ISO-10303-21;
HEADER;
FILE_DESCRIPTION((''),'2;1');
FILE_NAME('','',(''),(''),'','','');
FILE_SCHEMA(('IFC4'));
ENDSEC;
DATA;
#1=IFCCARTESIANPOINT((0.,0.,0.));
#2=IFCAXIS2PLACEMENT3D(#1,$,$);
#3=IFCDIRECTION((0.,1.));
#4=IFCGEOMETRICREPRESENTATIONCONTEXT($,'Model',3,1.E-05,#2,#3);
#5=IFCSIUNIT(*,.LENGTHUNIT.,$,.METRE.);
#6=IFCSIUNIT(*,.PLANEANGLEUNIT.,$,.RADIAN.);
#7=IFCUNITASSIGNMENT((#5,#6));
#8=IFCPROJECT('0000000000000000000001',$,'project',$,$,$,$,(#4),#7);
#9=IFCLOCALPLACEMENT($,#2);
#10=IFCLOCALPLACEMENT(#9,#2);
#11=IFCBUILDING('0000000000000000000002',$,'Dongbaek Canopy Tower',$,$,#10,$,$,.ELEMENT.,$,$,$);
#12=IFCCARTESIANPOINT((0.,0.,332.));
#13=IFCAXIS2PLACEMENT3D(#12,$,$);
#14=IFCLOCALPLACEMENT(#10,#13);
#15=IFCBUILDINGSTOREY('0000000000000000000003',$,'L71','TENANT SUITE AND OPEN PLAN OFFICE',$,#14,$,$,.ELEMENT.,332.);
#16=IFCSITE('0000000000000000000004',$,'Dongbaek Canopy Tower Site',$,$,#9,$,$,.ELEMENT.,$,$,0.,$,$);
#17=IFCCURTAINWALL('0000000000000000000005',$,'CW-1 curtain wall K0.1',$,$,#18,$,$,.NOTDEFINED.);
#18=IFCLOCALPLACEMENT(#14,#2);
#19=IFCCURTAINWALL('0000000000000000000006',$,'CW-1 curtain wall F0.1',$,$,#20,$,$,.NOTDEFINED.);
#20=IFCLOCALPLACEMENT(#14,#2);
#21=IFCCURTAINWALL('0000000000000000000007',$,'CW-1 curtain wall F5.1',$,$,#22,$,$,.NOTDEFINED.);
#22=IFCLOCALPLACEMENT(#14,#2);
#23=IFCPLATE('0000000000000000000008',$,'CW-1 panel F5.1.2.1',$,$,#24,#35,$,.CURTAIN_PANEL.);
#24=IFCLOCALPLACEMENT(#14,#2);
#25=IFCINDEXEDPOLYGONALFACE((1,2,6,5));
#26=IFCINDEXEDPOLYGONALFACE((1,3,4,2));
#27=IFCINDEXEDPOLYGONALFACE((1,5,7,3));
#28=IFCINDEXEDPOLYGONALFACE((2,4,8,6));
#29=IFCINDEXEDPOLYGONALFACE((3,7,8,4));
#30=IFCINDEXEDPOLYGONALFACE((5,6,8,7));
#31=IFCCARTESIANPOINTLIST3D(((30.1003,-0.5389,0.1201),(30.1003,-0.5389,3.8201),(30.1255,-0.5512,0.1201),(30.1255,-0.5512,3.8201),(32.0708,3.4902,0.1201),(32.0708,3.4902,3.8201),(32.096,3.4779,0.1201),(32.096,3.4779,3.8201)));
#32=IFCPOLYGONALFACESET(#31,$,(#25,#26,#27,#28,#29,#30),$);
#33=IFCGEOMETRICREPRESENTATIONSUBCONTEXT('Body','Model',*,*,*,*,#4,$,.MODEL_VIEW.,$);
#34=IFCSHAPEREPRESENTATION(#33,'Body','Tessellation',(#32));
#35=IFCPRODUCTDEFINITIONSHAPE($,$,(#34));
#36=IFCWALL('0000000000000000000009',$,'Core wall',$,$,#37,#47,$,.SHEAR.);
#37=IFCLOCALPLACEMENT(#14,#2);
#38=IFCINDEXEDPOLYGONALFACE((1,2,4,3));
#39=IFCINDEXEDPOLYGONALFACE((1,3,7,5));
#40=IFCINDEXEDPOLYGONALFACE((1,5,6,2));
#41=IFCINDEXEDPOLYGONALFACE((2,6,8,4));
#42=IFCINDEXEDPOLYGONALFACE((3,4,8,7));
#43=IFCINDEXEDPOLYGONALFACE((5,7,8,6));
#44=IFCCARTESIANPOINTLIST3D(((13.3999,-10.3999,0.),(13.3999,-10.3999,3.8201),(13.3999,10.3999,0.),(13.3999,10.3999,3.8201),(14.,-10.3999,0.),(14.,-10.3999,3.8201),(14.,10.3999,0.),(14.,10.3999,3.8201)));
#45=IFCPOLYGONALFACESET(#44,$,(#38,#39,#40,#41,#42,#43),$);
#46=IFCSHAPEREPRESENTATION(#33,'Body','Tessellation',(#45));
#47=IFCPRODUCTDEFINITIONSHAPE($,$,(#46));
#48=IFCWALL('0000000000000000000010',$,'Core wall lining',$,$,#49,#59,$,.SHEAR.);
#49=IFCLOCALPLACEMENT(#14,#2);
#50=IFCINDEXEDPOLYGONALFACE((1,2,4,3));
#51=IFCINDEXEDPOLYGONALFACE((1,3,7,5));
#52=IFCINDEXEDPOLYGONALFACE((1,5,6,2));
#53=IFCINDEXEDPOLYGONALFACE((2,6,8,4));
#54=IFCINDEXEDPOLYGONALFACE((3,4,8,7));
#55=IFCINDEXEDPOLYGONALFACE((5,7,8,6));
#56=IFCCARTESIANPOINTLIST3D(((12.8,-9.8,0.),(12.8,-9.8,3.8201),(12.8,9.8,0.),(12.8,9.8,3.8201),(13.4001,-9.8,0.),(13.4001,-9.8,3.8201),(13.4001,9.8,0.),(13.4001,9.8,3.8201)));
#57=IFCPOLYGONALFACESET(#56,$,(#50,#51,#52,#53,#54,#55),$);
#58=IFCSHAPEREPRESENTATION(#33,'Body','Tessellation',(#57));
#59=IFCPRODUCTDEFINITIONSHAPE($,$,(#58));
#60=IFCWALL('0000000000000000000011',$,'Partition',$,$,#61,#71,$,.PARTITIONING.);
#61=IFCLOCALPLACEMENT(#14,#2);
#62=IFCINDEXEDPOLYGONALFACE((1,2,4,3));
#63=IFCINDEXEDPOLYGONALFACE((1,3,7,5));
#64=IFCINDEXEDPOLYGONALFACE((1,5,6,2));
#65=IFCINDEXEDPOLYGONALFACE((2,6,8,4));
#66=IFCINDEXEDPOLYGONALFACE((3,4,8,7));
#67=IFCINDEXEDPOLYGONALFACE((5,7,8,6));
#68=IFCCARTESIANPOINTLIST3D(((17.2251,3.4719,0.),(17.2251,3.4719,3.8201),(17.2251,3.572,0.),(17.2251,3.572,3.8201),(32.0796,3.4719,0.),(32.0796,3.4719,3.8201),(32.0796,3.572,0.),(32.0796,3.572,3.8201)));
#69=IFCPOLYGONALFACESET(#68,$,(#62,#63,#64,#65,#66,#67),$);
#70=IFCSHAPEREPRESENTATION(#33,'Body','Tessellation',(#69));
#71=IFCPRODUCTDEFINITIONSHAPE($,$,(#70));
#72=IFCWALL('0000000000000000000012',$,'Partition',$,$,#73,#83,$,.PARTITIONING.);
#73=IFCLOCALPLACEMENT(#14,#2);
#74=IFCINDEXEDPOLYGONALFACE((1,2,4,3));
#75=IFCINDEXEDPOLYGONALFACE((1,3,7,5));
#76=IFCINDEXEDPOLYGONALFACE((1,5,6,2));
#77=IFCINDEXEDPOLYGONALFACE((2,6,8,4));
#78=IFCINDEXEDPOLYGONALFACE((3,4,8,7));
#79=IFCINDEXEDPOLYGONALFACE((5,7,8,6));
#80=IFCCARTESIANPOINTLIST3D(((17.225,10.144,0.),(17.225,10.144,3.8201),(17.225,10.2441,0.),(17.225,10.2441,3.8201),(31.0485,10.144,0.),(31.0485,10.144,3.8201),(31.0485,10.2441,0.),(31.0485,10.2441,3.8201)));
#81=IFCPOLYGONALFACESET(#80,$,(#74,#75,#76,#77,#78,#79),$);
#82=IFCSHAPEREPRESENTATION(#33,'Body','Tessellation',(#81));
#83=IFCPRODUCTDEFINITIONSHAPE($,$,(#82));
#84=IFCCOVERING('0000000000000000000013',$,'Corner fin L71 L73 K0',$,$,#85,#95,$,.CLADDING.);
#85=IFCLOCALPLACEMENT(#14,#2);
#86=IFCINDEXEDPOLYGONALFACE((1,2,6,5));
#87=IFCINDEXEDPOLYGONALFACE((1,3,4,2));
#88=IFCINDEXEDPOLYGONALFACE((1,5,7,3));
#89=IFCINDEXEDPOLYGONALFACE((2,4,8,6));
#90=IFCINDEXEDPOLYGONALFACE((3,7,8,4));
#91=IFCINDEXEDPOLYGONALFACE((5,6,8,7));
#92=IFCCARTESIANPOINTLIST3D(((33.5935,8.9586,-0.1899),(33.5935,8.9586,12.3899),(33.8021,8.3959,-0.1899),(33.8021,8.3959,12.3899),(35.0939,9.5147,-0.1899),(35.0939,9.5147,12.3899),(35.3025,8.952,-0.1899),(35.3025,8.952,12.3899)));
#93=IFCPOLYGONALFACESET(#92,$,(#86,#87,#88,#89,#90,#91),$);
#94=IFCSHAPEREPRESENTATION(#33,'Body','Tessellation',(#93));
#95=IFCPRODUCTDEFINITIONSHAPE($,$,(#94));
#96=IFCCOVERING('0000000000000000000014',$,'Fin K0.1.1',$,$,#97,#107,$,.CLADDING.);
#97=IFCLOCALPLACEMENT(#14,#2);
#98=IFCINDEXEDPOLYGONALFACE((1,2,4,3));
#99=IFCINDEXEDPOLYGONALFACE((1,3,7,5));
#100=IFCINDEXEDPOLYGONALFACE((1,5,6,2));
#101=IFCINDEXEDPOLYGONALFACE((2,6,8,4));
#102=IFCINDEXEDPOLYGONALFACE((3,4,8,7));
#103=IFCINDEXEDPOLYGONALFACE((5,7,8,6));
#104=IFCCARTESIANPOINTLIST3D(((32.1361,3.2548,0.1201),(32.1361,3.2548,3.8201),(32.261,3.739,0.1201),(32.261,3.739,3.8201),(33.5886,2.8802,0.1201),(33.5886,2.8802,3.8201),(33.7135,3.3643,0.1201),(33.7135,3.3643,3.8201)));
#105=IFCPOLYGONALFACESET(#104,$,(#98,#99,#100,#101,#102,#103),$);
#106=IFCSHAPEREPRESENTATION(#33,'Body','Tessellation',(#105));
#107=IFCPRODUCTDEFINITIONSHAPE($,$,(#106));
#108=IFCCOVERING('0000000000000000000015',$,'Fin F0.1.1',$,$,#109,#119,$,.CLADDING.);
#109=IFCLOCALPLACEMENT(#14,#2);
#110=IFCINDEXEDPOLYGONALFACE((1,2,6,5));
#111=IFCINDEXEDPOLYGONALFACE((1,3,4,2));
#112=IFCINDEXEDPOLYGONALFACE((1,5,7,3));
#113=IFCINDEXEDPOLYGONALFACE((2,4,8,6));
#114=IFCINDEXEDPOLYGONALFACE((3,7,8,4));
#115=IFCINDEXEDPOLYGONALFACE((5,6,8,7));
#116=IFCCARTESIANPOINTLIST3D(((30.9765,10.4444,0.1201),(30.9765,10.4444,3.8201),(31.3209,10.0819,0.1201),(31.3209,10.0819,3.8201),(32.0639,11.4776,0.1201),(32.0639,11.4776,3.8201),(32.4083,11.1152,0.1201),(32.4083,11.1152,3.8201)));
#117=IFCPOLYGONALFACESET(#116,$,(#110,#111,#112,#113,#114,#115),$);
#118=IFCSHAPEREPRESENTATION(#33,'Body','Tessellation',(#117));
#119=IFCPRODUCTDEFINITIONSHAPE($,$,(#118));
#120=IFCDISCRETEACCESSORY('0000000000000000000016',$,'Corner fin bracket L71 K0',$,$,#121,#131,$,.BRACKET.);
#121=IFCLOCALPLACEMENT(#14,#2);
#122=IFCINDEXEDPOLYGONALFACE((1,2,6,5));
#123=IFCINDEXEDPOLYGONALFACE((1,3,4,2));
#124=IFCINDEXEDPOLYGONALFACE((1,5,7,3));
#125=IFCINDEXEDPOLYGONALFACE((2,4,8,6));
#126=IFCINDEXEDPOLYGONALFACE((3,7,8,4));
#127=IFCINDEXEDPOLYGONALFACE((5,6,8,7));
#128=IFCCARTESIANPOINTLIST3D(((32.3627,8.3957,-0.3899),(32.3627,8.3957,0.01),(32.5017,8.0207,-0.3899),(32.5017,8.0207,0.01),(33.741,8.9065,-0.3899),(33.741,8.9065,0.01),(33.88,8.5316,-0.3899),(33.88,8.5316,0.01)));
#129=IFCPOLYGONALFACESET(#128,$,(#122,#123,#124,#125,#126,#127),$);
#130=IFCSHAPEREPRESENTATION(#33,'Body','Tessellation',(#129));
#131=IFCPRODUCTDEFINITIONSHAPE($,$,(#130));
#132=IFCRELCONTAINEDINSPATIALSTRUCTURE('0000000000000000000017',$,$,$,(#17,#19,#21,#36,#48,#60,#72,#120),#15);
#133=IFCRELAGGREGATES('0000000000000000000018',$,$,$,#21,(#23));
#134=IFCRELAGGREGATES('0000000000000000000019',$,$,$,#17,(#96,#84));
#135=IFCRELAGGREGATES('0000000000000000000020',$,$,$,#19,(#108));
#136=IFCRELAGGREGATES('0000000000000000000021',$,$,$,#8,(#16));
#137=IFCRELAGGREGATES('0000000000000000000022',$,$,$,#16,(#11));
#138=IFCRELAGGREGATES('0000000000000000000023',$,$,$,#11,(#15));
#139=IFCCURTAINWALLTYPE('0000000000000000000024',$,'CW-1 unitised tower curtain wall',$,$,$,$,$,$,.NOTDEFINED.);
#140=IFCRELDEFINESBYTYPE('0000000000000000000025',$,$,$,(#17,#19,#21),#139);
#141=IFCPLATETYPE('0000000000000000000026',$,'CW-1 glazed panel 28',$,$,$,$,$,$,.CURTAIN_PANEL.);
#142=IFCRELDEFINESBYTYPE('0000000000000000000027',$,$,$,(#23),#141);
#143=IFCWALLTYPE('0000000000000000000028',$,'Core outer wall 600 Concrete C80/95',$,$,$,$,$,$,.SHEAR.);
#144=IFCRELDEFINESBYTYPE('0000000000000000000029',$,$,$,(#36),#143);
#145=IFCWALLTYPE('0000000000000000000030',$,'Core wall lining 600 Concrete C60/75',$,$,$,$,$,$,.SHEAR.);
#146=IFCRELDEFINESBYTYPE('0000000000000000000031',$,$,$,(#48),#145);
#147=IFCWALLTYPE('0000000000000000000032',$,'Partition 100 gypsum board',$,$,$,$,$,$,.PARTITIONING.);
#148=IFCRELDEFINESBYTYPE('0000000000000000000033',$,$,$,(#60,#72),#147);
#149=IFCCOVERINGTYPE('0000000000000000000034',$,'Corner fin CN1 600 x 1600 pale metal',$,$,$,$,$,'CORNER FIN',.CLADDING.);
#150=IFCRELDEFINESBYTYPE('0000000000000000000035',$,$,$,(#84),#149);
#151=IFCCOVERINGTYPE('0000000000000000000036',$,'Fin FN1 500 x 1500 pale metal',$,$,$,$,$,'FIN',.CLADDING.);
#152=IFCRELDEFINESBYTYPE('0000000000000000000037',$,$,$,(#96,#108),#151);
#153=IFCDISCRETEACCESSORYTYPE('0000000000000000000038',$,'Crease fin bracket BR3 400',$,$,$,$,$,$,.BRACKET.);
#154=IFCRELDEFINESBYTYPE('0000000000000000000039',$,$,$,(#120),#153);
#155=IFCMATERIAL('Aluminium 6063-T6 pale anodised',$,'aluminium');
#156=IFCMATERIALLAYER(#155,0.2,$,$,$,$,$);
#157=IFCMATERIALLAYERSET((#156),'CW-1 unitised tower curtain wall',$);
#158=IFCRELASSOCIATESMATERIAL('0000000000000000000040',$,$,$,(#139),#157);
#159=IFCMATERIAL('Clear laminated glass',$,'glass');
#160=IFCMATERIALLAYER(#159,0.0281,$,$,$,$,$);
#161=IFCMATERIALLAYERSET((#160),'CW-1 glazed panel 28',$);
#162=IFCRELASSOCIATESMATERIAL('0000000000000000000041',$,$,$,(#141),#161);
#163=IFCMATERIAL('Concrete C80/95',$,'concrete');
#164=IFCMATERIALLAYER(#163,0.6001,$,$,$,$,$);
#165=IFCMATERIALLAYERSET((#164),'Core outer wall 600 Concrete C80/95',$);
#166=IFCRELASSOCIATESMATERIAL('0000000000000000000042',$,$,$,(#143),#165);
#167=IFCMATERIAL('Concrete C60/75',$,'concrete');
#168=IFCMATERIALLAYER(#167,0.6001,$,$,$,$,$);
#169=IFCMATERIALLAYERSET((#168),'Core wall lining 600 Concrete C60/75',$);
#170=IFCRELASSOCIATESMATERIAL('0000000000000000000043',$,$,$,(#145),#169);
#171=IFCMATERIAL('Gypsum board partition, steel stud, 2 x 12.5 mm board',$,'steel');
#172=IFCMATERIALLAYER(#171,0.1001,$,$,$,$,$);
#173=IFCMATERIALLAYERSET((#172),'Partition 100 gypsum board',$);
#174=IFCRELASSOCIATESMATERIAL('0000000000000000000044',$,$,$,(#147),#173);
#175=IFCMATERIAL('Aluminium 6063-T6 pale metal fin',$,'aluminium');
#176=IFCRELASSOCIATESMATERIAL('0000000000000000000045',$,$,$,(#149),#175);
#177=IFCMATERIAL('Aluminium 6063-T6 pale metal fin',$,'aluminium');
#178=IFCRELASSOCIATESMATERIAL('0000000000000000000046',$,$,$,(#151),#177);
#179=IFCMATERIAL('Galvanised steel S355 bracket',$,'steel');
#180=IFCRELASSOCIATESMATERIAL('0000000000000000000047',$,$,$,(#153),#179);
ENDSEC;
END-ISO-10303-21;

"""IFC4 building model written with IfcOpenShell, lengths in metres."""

from ifc_helpers import new_model, si_unit, direction, frame, frame_2d, origin, origin_2d, place, context, subcontext, project, spatial, rectangle, extrude, material, layer, layer_set, material_profile, profile_set, type_object, element, aggregate, save


model = new_model("IFC4")

# Units and contexts
model_context = context("Model", 3, precision=1e-05, world=origin(), true_north=direction((0.0, 1.0)))
body_context = subcontext(model_context, "Body", "Model", "MODEL_VIEW")
ifc_project = project(units=[si_unit("LENGTHUNIT", "METRE"), si_unit("PLANEANGLEUNIT", "RADIAN")], contexts=[model_context])

# Site, building, storey
site_placement = place(None, origin())
site = spatial("IfcSite", under=ifc_project, at=site_placement, Name="Dongbaek Canopy Tower Site", CompositionType="ELEMENT", RefElevation=0.0)
building_placement = place(site_placement, origin())
building = spatial("IfcBuilding", under=site, at=building_placement, Name="Dongbaek Canopy Tower", CompositionType="ELEMENT")
storey_placement = place(building_placement, frame((0.0, 0.0, 332.0)))
storey = spatial("IfcBuildingStorey", under=building, at=storey_placement, Name="L71", Description="TENANT SUITE AND OPEN PLAN OFFICE", CompositionType="ELEMENT", Elevation=332.0)

# Curtain walls
ifc_material_1 = material(Name="Aluminium 6063-T6 pale anodised", Category="aluminium")
ifc_layer_1 = layer(ifc_material_1, 0.2)
ifc_layer_set_1 = layer_set([ifc_layer_1], Name="CW-1 unitised tower curtain wall")
curtain_wall_type = type_object("IfcCurtainWallType", Name="CW-1 unitised tower curtain wall", PredefinedType="NOTDEFINED", material=ifc_layer_set_1)
curtain_wall_1_placement = place(storey_placement, origin())
curtain_wall_1 = element("IfcCurtainWall", 1, at=curtain_wall_1_placement, inside=storey, type_object=curtain_wall_type, Name="CW-1 curtain wall K0.1", PredefinedType="NOTDEFINED")
curtain_wall_2_placement = place(storey_placement, origin())
curtain_wall_2 = element("IfcCurtainWall", 2, at=curtain_wall_2_placement, inside=storey, type_object=curtain_wall_type, Name="CW-1 curtain wall F0.1", PredefinedType="NOTDEFINED")

# Shared definitions
ifc_material_2 = material(Name="Clear laminated glass", Category="glass")
ifc_layer_2 = layer(ifc_material_2, 0.0281)
ifc_layer_set_2 = layer_set([ifc_layer_2], Name="CW-1 glazed panel 28")
plate_type = type_object("IfcPlateType", Name="CW-1 glazed panel 28", PredefinedType="CURTAIN_PANEL", material=ifc_layer_set_2)

# Curtain wall, plate
curtain_wall_3_placement = place(storey_placement, origin())
curtain_wall_3 = element("IfcCurtainWall", 3, at=curtain_wall_3_placement, inside=storey, type_object=curtain_wall_type, Name="CW-1 curtain wall F5.1", PredefinedType="NOTDEFINED")
plate_1_placement = place(storey_placement, frame((31.0981, 1.4695, 0.1201), z_axis=(0.0, 0.0, 1.0), x_axis=(0.439337, 0.898322, 0.0)))
plate_1 = element("IfcPlate", 4, at=plate_1_placement, type_object=plate_type, Name="CW-1 panel F5.1.2.1", PredefinedType="CURTAIN_PANEL", context=body_context, shape_type="SweptSolid", body=[
    extrude(rectangle(XDim=4.4851, YDim=0.0281, at=origin_2d()), origin(), (0.0, 0.0, 1.0), 3.7),
])
aggregate(curtain_wall_3, [plate_1])

# Walls
ifc_material_3 = material(Name="Concrete C80/95", Category="concrete")
ifc_layer_3 = layer(ifc_material_3, 0.6001)
ifc_layer_set_3 = layer_set([ifc_layer_3], Name="Core outer wall 600 Concrete C80/95")
wall_type_1 = type_object("IfcWallType", Name="Core outer wall 600 Concrete C80/95", PredefinedType="SHEAR", material=ifc_layer_set_3)
wall_1_placement = place(storey_placement, frame((13.7, 10.3999, 0.0), z_axis=(0.0, 0.0, 1.0), x_axis=(0.0, -1.0, 0.0)))
element("IfcWall", 5, at=wall_1_placement, inside=storey, type_object=wall_type_1, Name="Core wall", PredefinedType="SHEAR", context=body_context, shape_type="SweptSolid", body=[
    extrude(rectangle(XDim=20.7998, YDim=0.6001, at=frame_2d((10.3999, 0.0))), origin(), (0.0, 0.0, 1.0), 3.8201),
])
ifc_material_4 = material(Name="Concrete C60/75", Category="concrete")
ifc_layer_4 = layer(ifc_material_4, 0.6001)
ifc_layer_set_4 = layer_set([ifc_layer_4], Name="Core wall lining 600 Concrete C60/75")
wall_type_2 = type_object("IfcWallType", Name="Core wall lining 600 Concrete C60/75", PredefinedType="SHEAR", material=ifc_layer_set_4)
wall_2_placement = place(storey_placement, frame((13.1001, 9.8, 0.0), z_axis=(0.0, 0.0, 1.0), x_axis=(0.0, -1.0, 0.0)))
element("IfcWall", 6, at=wall_2_placement, inside=storey, type_object=wall_type_2, Name="Core wall lining", PredefinedType="SHEAR", context=body_context, shape_type="SweptSolid", body=[
    extrude(rectangle(XDim=19.6001, YDim=0.6001, at=frame_2d((9.8, 0.0))), origin(), (0.0, 0.0, 1.0), 3.8201),
])
ifc_material_5 = material(Name="Gypsum board partition, steel stud, 2 x 12.5 mm board", Category="steel")
ifc_layer_5 = layer(ifc_material_5, 0.1001)
ifc_layer_set_5 = layer_set([ifc_layer_5], Name="Partition 100 gypsum board")
wall_type_3 = type_object("IfcWallType", Name="Partition 100 gypsum board", PredefinedType="PARTITIONING", material=ifc_layer_set_5)
wall_3_placement = place(storey_placement, frame((17.2251, 3.522, 0.0), z_axis=(0.0, 0.0, 1.0), x_axis=(1.0, 0.0, 0.0)))
element("IfcWall", 7, at=wall_3_placement, inside=storey, type_object=wall_type_3, Name="Partition", PredefinedType="PARTITIONING", context=body_context, shape_type="SweptSolid", body=[
    extrude(rectangle(XDim=14.8545, YDim=0.1001, at=frame_2d((7.4272, 0.0))), origin(), (0.0, 0.0, 1.0), 3.8201),
])
wall_4_placement = place(storey_placement, frame((17.2251, 10.1941, 0.0), z_axis=(0.0, 0.0, 1.0), x_axis=(1.0, 0.0, 0.0)))
element("IfcWall", 8, at=wall_4_placement, inside=storey, type_object=wall_type_3, Name="Partition", PredefinedType="PARTITIONING", context=body_context, shape_type="SweptSolid", body=[
    extrude(rectangle(XDim=13.8235, YDim=0.1001, at=frame_2d((6.9116, 0.0))), origin(), (0.0, 0.0, 1.0), 3.8201),
])

# Coverings
ifc_material_6 = material(Name="Aluminium 6063-T6 pale metal fin", Category="aluminium")
ifc_material_profile_1 = material_profile(ifc_material_6, rectangle(XDim=1.6001, YDim=0.6001, at=origin_2d()), Name="Corner fin CN1 600 x 1600 pale metal")
ifc_profile_set_1 = profile_set([ifc_material_profile_1], Name="Aluminium 6063-T6 pale metal fin")
covering_type_1 = type_object("IfcCoveringType", Name="Corner fin CN1 600 x 1600 pale metal", ElementType="CORNER FIN", PredefinedType="CLADDING", material=ifc_profile_set_1)
covering_1_placement = place(storey_placement, frame((34.448, 8.9553, -0.1899), z_axis=(0.0, 0.0, 1.0), x_axis=(0.937665, 0.34754, 0.0)))
covering_1 = element("IfcCovering", 9, at=covering_1_placement, type_object=covering_type_1, Name="Corner fin L71 L73 K0", PredefinedType="CLADDING", context=body_context, shape_type="SweptSolid", body=[
    extrude(rectangle(XDim=1.6001, YDim=0.6001, at=origin_2d()), origin(), (0.0, 0.0, 1.0), 12.5798),
])
ifc_material_7 = material(Name="Aluminium 6063-T6 pale metal fin", Category="aluminium")
ifc_material_profile_2 = material_profile(ifc_material_7, rectangle(XDim=1.5, YDim=0.5, at=origin_2d()), Name="Fin FN1 500 x 1500 pale metal")
ifc_profile_set_2 = profile_set([ifc_material_profile_2], Name="Aluminium 6063-T6 pale metal fin")
covering_type_2 = type_object("IfcCoveringType", Name="Fin FN1 500 x 1500 pale metal", ElementType="FIN", PredefinedType="CLADDING", material=ifc_profile_set_2)
covering_2_placement = place(storey_placement, frame((32.9248, 3.3096, 0.1201), z_axis=(0.0, 0.0, 1.0), x_axis=(0.968314, -0.249737, 0.0)))
covering_2 = element("IfcCovering", 10, at=covering_2_placement, type_object=covering_type_2, Name="Fin K0.1.1", PredefinedType="CLADDING", context=body_context, shape_type="SweptSolid", body=[
    extrude(rectangle(XDim=1.5, YDim=0.5, at=origin_2d()), origin(), (0.0, 0.0, 1.0), 3.7),
])
aggregate(curtain_wall_1, [covering_2, covering_1])
covering_3_placement = place(storey_placement, frame((31.6924, 10.7798, 0.1201), z_axis=(0.0, 0.0, 1.0), x_axis=(0.72494, 0.688812, 0.0)))
covering_3 = element("IfcCovering", 11, at=covering_3_placement, type_object=covering_type_2, Name="Fin F0.1.1", PredefinedType="CLADDING", context=body_context, shape_type="SweptSolid", body=[
    extrude(rectangle(XDim=1.5, YDim=0.5, at=origin_2d()), origin(), (0.0, 0.0, 1.0), 3.7),
])
aggregate(curtain_wall_2, [covering_3])

# Discrete accessory
ifc_material_8 = material(Name="Galvanised steel S355 bracket", Category="steel")
discrete_accessory_type = type_object("IfcDiscreteAccessoryType", Name="Crease fin bracket BR3 400", PredefinedType="BRACKET", material=ifc_material_8)
discrete_accessory_placement = place(storey_placement, frame((33.1213, 8.4636, -0.3899), z_axis=(0.0, 0.0, 1.0), x_axis=(0.937665, 0.34754, 0.0)))
element("IfcDiscreteAccessory", 12, at=discrete_accessory_placement, inside=storey, type_object=discrete_accessory_type, Name="Corner fin bracket L71 K0", PredefinedType="BRACKET", context=body_context, shape_type="SweptSolid", body=[
    extrude(rectangle(XDim=1.47, YDim=0.3999, at=origin_2d()), origin(), (0.0, 0.0, 1.0), 0.3999),
])

save(model, "model.ifc")
